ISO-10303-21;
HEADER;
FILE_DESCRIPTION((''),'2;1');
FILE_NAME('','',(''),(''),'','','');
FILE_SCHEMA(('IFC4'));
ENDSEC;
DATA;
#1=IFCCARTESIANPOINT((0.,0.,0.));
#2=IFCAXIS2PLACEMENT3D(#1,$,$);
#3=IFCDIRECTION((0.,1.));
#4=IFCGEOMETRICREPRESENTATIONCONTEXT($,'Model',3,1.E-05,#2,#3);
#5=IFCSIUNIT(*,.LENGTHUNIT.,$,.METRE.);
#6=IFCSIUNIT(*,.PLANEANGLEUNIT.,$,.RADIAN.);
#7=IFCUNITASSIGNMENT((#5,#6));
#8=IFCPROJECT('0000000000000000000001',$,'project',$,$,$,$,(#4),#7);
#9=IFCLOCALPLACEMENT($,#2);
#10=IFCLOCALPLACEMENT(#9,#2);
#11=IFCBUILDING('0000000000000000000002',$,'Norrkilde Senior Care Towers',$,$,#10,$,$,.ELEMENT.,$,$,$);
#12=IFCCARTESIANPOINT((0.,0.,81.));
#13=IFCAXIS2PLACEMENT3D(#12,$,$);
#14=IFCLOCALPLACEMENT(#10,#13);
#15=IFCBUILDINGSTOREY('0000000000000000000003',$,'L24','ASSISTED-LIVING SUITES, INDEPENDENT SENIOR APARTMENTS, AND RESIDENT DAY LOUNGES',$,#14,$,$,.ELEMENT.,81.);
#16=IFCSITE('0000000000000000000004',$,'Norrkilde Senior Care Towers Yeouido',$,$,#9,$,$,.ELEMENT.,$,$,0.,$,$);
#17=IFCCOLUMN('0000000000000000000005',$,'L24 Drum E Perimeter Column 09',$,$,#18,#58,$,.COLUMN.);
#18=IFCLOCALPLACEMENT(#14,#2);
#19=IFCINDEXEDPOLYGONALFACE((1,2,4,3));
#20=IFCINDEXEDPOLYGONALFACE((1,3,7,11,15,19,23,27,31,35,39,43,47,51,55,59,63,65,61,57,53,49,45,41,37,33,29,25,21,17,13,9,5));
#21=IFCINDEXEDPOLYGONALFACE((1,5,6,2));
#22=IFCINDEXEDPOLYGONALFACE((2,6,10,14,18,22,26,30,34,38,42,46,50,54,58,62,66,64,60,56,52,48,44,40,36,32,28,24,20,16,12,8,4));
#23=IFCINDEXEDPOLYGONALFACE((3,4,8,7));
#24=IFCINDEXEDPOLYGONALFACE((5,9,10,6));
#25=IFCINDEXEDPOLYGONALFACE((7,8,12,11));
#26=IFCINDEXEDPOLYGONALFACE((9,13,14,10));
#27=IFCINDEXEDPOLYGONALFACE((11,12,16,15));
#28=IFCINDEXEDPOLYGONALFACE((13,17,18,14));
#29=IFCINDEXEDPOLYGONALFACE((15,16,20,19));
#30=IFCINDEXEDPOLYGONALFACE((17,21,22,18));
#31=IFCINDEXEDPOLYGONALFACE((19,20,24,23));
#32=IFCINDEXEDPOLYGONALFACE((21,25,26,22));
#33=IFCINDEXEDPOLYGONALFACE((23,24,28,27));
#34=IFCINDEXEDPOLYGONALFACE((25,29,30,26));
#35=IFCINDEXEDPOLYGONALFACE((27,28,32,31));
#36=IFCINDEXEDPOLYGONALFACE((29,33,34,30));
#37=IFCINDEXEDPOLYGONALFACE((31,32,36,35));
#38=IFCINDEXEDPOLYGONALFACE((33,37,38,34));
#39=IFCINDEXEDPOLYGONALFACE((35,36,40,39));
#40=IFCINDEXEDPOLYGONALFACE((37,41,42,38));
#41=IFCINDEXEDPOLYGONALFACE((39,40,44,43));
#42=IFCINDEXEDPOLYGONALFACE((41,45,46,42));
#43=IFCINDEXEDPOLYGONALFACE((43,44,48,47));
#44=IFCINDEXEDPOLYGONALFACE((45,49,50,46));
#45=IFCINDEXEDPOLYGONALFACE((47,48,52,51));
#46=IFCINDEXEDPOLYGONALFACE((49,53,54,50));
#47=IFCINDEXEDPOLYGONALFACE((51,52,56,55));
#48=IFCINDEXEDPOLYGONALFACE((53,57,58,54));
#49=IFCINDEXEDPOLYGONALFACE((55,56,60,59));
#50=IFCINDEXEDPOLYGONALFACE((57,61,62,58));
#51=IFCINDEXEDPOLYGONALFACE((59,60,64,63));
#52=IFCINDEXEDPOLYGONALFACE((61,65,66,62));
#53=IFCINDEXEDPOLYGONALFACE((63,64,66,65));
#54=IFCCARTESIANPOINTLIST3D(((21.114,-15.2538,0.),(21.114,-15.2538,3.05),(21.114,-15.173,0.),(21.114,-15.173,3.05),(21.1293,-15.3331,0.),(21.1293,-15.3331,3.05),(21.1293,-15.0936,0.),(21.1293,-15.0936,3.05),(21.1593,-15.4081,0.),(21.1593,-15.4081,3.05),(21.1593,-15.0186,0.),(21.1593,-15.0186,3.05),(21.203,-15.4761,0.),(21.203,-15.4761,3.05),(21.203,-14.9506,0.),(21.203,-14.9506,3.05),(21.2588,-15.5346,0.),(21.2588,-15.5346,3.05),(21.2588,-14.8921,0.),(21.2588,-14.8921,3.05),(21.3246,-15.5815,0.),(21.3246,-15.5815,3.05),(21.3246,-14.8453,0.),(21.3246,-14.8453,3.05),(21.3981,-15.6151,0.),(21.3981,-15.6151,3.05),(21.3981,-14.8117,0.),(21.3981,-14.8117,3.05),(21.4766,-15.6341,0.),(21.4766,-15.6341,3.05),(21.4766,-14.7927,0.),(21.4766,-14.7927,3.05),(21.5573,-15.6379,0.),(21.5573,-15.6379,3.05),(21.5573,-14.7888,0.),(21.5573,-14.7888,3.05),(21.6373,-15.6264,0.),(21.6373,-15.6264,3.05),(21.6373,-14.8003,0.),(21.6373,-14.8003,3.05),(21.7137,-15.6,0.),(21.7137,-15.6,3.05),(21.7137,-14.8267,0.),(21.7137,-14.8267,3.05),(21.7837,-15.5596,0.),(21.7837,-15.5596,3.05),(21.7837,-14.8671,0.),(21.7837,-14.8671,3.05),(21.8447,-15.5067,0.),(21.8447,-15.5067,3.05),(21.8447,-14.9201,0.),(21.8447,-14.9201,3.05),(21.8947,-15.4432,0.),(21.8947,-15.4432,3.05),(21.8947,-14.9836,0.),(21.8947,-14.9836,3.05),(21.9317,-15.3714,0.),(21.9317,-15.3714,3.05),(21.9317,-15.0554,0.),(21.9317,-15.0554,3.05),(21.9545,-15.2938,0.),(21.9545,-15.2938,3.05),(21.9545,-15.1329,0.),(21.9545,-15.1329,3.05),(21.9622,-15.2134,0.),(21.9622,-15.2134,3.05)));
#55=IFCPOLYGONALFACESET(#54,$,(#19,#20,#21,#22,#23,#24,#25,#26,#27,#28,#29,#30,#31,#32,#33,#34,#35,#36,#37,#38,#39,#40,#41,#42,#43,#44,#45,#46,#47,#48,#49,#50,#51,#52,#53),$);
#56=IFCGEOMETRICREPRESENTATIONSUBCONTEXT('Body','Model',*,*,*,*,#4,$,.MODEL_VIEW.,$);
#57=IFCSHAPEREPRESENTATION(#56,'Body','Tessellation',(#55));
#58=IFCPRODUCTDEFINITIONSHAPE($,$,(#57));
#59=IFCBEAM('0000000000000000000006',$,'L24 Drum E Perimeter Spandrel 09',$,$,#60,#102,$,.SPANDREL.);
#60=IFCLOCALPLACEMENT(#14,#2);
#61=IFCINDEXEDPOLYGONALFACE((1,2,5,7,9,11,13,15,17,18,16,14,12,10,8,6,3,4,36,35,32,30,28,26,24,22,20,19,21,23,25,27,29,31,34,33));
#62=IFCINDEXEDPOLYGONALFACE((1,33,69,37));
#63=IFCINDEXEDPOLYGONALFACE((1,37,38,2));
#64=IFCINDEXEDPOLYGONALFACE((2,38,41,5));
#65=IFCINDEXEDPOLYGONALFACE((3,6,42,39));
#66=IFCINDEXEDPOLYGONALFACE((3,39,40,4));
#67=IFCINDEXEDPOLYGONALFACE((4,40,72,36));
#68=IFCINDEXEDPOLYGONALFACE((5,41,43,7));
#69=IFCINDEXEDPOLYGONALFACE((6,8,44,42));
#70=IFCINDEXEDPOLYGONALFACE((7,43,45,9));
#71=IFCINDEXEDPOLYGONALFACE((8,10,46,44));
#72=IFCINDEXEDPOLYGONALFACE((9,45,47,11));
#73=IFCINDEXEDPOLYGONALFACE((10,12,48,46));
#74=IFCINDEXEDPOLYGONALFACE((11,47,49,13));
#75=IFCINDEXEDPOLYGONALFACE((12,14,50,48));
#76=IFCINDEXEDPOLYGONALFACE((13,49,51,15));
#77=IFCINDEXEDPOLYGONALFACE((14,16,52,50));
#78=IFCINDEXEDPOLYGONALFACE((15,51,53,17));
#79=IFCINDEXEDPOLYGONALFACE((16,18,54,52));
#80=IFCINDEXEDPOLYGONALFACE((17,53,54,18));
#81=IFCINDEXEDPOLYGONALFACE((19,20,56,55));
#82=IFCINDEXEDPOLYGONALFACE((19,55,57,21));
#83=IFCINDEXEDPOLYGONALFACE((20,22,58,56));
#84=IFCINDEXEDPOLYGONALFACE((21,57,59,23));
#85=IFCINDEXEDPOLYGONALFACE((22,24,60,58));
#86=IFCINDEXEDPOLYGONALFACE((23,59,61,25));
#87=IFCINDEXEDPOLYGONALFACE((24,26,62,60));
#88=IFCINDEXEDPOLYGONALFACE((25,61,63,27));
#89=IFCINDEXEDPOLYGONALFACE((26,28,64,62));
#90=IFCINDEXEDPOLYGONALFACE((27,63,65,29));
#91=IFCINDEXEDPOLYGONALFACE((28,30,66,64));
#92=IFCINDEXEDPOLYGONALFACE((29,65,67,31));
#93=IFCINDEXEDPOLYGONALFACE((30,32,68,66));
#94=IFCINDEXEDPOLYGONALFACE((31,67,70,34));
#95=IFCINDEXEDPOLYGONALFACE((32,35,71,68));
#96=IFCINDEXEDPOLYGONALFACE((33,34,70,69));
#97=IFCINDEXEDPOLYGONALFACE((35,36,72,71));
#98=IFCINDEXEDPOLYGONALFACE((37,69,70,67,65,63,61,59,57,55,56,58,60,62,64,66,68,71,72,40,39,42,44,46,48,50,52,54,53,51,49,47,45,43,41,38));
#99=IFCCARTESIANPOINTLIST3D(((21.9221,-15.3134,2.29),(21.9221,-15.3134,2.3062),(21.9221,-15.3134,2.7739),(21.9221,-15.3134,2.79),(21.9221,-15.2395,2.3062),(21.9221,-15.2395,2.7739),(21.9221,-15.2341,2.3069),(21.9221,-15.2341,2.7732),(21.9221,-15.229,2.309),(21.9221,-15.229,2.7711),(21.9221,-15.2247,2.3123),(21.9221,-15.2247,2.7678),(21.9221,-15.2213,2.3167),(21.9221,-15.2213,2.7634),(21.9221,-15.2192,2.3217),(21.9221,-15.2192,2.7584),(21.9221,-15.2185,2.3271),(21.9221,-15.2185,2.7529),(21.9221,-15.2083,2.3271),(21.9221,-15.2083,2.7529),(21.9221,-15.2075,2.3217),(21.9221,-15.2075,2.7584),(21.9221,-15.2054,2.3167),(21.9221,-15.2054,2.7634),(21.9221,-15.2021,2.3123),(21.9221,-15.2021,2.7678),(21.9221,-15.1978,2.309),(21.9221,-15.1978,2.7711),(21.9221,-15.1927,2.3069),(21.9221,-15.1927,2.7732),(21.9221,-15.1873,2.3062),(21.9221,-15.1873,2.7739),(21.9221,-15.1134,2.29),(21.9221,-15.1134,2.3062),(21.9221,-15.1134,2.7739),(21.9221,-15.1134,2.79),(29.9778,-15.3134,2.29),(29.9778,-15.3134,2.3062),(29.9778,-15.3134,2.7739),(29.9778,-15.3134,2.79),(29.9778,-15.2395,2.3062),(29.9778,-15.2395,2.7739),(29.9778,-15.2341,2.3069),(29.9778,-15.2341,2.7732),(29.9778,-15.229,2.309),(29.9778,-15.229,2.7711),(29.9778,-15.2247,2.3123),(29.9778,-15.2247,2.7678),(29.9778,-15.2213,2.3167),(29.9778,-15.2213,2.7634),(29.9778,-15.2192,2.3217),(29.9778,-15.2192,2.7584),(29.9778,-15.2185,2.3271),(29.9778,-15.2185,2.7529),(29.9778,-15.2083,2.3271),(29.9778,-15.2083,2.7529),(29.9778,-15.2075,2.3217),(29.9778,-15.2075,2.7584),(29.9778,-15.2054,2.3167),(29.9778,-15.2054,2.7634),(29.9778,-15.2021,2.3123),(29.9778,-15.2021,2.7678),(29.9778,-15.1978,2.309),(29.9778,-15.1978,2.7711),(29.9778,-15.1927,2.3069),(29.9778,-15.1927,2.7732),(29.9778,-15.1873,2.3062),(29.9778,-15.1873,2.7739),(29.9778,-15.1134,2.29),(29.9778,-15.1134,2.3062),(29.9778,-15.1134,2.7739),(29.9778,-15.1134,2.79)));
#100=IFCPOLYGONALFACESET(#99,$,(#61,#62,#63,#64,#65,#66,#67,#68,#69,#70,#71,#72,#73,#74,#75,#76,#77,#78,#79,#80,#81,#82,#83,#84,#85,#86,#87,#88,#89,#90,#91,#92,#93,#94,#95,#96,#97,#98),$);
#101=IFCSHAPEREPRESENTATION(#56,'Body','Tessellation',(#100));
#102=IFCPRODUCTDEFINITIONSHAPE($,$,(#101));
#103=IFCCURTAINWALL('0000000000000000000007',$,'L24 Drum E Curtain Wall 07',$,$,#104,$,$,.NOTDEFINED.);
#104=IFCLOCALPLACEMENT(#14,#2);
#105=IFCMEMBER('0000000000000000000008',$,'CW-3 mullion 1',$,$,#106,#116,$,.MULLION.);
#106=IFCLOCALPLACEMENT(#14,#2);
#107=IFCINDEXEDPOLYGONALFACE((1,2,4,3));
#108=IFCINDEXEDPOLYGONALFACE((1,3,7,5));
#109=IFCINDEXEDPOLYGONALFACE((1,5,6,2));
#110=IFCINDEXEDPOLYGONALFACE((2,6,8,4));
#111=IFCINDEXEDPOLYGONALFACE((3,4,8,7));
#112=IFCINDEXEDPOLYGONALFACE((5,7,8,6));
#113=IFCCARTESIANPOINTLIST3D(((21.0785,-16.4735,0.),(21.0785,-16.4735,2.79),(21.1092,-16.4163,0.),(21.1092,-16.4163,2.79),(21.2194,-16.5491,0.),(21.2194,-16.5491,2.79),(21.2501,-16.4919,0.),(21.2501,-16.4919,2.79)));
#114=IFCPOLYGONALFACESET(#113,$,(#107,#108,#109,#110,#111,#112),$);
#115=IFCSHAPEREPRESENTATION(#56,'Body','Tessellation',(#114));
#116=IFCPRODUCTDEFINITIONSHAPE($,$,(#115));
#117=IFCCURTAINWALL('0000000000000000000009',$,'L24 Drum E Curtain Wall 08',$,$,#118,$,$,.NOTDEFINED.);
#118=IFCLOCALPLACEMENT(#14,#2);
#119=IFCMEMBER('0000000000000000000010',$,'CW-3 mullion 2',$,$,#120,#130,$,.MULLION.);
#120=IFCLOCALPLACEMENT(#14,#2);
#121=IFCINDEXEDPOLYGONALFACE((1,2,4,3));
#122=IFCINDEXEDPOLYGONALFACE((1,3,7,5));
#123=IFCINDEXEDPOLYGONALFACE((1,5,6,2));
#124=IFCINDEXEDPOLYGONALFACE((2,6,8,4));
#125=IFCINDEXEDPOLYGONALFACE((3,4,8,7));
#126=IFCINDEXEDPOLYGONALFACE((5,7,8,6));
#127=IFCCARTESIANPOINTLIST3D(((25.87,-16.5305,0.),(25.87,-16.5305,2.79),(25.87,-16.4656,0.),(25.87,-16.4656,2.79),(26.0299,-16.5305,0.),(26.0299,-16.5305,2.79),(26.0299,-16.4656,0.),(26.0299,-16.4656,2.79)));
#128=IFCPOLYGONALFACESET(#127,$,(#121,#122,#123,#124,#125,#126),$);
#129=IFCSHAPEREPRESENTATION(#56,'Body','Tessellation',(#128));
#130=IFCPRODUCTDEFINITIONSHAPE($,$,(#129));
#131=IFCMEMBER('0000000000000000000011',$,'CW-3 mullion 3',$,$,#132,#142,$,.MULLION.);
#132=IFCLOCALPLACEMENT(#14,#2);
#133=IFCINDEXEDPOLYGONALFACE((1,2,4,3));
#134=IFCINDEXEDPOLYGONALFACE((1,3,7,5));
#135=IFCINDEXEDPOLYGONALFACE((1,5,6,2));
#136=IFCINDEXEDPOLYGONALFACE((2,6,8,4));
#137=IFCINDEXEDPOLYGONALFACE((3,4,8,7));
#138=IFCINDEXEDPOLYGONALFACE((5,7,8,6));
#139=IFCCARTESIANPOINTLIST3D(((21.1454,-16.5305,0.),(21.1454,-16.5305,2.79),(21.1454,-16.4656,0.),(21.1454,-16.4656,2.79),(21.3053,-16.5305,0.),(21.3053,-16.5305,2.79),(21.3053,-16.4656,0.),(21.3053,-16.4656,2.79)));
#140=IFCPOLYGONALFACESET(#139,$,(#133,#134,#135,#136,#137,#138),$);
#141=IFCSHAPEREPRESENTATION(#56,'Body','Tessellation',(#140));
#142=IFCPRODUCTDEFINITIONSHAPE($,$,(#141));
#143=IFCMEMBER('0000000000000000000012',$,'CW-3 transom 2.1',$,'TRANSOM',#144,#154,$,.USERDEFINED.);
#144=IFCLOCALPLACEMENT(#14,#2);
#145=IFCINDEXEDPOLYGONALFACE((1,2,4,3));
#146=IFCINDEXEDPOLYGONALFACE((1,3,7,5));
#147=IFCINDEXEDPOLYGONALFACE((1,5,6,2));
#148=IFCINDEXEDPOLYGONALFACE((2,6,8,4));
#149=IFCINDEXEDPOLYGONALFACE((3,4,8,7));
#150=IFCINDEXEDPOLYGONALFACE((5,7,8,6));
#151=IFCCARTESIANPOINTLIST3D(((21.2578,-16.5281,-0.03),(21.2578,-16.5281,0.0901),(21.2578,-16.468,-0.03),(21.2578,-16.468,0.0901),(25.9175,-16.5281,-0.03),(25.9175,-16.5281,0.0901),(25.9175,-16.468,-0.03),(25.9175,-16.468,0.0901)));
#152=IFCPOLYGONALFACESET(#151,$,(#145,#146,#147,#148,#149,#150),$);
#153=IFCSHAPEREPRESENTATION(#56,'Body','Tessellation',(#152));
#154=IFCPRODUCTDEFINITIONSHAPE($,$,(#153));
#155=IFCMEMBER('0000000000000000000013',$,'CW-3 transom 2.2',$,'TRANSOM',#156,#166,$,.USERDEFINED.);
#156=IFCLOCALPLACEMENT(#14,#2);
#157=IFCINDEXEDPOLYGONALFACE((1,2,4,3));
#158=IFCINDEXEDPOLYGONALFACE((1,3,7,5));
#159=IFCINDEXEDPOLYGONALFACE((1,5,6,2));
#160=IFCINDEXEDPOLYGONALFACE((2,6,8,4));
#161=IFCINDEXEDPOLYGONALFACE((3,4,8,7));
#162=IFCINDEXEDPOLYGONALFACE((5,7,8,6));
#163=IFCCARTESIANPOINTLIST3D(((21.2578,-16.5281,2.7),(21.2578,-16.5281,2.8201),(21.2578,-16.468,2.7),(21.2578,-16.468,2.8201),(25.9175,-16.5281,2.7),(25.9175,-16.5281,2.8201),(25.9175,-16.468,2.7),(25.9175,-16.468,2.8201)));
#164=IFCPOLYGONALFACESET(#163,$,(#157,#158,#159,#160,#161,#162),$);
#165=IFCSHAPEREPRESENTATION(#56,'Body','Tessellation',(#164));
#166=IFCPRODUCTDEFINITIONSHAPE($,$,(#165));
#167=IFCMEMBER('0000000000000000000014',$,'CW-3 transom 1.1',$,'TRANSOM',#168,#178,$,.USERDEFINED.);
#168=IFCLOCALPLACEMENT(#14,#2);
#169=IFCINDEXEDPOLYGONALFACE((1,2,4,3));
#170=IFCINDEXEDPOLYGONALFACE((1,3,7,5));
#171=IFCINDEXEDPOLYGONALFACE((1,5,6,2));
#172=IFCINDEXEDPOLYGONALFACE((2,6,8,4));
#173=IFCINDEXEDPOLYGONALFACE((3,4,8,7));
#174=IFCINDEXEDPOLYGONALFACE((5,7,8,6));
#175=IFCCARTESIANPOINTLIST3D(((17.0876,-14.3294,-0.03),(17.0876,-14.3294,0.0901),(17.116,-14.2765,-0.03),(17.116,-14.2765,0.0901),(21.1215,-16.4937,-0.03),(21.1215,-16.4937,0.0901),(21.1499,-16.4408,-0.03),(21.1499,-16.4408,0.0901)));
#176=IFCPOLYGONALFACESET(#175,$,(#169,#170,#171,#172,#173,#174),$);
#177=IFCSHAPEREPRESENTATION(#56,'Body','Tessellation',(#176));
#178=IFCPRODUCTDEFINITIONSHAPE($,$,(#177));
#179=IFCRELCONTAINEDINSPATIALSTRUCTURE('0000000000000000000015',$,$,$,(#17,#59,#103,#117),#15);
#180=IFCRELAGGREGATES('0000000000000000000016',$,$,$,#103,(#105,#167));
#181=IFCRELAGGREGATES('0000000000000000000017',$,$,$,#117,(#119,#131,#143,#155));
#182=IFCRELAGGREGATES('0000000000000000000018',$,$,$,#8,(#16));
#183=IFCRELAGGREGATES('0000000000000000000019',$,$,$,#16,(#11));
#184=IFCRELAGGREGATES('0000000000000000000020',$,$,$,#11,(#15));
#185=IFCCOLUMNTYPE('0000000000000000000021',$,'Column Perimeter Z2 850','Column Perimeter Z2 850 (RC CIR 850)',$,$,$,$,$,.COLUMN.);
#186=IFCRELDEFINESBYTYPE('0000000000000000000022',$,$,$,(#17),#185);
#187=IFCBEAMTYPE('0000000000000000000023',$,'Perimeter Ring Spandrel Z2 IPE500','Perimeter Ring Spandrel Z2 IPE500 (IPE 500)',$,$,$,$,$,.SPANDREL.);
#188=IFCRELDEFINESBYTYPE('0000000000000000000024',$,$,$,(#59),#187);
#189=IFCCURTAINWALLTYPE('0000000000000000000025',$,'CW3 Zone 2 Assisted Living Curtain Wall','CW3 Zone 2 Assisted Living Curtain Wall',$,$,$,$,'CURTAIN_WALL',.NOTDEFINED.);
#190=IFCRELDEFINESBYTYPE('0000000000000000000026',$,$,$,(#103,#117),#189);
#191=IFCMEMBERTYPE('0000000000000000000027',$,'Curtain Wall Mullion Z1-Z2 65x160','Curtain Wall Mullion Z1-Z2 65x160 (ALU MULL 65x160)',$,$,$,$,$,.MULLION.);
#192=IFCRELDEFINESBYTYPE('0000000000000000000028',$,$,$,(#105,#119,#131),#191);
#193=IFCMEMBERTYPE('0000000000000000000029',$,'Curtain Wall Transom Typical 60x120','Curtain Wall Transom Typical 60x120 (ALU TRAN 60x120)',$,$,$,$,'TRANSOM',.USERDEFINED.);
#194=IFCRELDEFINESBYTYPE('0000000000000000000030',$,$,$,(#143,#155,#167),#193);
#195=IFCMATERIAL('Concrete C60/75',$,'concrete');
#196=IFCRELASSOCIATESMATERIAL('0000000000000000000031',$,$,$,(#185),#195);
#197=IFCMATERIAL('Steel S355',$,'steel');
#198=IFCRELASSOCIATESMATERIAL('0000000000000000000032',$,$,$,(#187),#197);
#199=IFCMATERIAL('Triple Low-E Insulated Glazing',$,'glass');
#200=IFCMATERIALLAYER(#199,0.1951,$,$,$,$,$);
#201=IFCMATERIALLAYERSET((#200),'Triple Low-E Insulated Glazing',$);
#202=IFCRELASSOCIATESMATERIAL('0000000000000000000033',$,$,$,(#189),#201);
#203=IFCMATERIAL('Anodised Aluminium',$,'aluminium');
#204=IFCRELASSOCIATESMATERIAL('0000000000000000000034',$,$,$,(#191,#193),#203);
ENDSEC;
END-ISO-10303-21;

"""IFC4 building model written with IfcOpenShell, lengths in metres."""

from ifc_helpers import new_model, si_unit, direction, frame, origin, origin_2d, place, context, subcontext, project, spatial, rectangle, circle, i_section, extrude, source, transform, mapped, material, layer, layer_set, material_profile, profile_set, type_object, type_shapes, element, aggregate, save


model = new_model("IFC4")

# Units and contexts
model_context = context("Model", 3, precision=1e-05, world=origin(), true_north=direction((0.0, 1.0)))
body_context = subcontext(model_context, "Body", "Model", "MODEL_VIEW")
ifc_project = project(units=[si_unit("LENGTHUNIT", "METRE"), si_unit("PLANEANGLEUNIT", "RADIAN")], contexts=[model_context])

# Site, building, storey
site_placement = place(None, origin())
site = spatial("IfcSite", under=ifc_project, at=site_placement, Name="Norrkilde Senior Care Towers Yeouido", CompositionType="ELEMENT", RefElevation=0.0)
building_placement = place(site_placement, origin())
building = spatial("IfcBuilding", under=site, at=building_placement, Name="Norrkilde Senior Care Towers", CompositionType="ELEMENT")
storey_placement = place(building_placement, frame((0.0, 0.0, 81.0)))
storey = spatial("IfcBuildingStorey", under=building, at=storey_placement, Name="L24", Description="ASSISTED-LIVING SUITES, INDEPENDENT SENIOR APARTMENTS, AND RESIDENT DAY LOUNGES", CompositionType="ELEMENT", Elevation=81.0)

# Column
ifc_material_1 = material(Name="Concrete C60/75", Category="concrete")
ifc_material_profile_1 = material_profile(ifc_material_1, circle(Radius=0.425, at=origin_2d()), Name="RC CIR 850")
ifc_profile_set_1 = profile_set([ifc_material_profile_1], Name="Concrete C60/75")
column_type = type_object("IfcColumnType", Name="Column Perimeter Z2 850", Description="Column Perimeter Z2 850 (RC CIR 850)", PredefinedType="COLUMN", material=ifc_profile_set_1)
shared_shape_1 = source(origin(), body_context, "Body", "SweptSolid", [
    extrude(circle(Radius=0.425, at=origin_2d()), origin(), (0.0, 0.0, 1.0), 3.05),
])
type_shapes(column_type, [shared_shape_1])
column_placement = place(storey_placement, frame((21.5371, -15.2134, 0.0), z_axis=(0.0, 0.0, 1.0), x_axis=(1.0, 0.0, 0.0)))
element("IfcColumn", 1, at=column_placement, inside=storey, type_object=column_type, Name="L24 Drum E Perimeter Column 09", PredefinedType="COLUMN", context=body_context, shape_type="MappedRepresentation", body=[
    mapped(shared_shape_1, transform((0.0, 0.0, 0.0), x_axis=(1.0, 0.0, 0.0), y_axis=(0.0, 1.0, 0.0), z_axis=(0.0, 0.0, 1.0), scale=1.0)),
])

# Beam
ifc_material_2 = material(Name="Steel S355", Category="steel")
ifc_material_profile_2 = material_profile(ifc_material_2, i_section(OverallWidth=0.2, OverallDepth=0.5, WebThickness=0.0103, FlangeThickness=0.0161, FilletRadius=0.021, at=origin_2d()), Name="IPE 500")
ifc_profile_set_2 = profile_set([ifc_material_profile_2], Name="Steel S355")
beam_type = type_object("IfcBeamType", Name="Perimeter Ring Spandrel Z2 IPE500", Description="Perimeter Ring Spandrel Z2 IPE500 (IPE 500)", PredefinedType="SPANDREL", material=ifc_profile_set_2)
shared_shape_2 = source(origin(), body_context, "Body", "SweptSolid", [
    extrude(i_section(OverallWidth=0.2, OverallDepth=0.5, WebThickness=0.0103, FlangeThickness=0.0161, FilletRadius=0.021, at=origin_2d()), origin(), (0.0, 0.0, 1.0), 8.0557),
])
type_shapes(beam_type, [shared_shape_2])
beam_placement = place(storey_placement, frame((21.9221, -15.2134, 2.54), z_axis=(1.0, 0.0, 0.0), x_axis=(0.0, 1.0, 0.0)))
element("IfcBeam", 2, at=beam_placement, inside=storey, type_object=beam_type, Name="L24 Drum E Perimeter Spandrel 09", PredefinedType="SPANDREL", context=body_context, shape_type="MappedRepresentation", body=[
    mapped(shared_shape_2, transform((0.0, 0.0, 0.0), x_axis=(1.0, 0.0, 0.0), y_axis=(0.0, 1.0, 0.0), z_axis=(0.0, 0.0, 1.0), scale=1.0)),
])

# Curtain wall, member
ifc_material_3 = material(Name="Triple Low-E Insulated Glazing", Category="glass")
ifc_layer_1 = layer(ifc_material_3, 0.1951)
ifc_layer_set_1 = layer_set([ifc_layer_1], Name="Triple Low-E Insulated Glazing")
curtain_wall_type = type_object("IfcCurtainWallType", Name="CW3 Zone 2 Assisted Living Curtain Wall", Description="CW3 Zone 2 Assisted Living Curtain Wall", ElementType="CURTAIN_WALL", PredefinedType="NOTDEFINED", material=ifc_layer_set_1)
curtain_wall_1_placement = place(storey_placement, origin())
curtain_wall_1 = element("IfcCurtainWall", 3, at=curtain_wall_1_placement, inside=storey, type_object=curtain_wall_type, Name="L24 Drum E Curtain Wall 07", PredefinedType="NOTDEFINED")
ifc_material_4 = material(Name="Anodised Aluminium", Category="aluminium")
ifc_material_profile_3 = material_profile(ifc_material_4, rectangle(XDim=0.0649, YDim=0.1599, at=origin_2d()), Name="ALU MULL 65x160")
ifc_profile_set_3 = profile_set([ifc_material_profile_3], Name="Anodised Aluminium")
member_type_1 = type_object("IfcMemberType", Name="Curtain Wall Mullion Z1-Z2 65x160", Description="Curtain Wall Mullion Z1-Z2 65x160 (ALU MULL 65x160)", PredefinedType="MULLION", material=ifc_profile_set_3)
shared_shape_3 = source(origin(), body_context, "Body", "SweptSolid", [
    extrude(rectangle(XDim=0.0649, YDim=0.1599, at=origin_2d()), origin(), (0.0, 0.0, 1.0), 2.79),
])
type_shapes(member_type_1, [shared_shape_3])
member_1_placement = place(storey_placement, frame((21.1643, -16.4827, 0.0), z_axis=(0.0, 0.0, 1.0), x_axis=(-0.472769, -0.881186, 0.0)))
member_1 = element("IfcMember", 4, at=member_1_placement, type_object=member_type_1, Name="CW-3 mullion 1", PredefinedType="MULLION", context=body_context, shape_type="MappedRepresentation", body=[
    mapped(shared_shape_3, transform((0.0, 0.0, 0.0), x_axis=(1.0, 0.0, 0.0), y_axis=(0.0, 1.0, 0.0), z_axis=(0.0, 0.0, 1.0), scale=1.0)),
])

# Curtain wall, members
curtain_wall_2_placement = place(storey_placement, origin())
curtain_wall_2 = element("IfcCurtainWall", 5, at=curtain_wall_2_placement, inside=storey, type_object=curtain_wall_type, Name="L24 Drum E Curtain Wall 08", PredefinedType="NOTDEFINED")
member_2_placement = place(storey_placement, frame((25.95, -16.498, 0.0), z_axis=(0.0, 0.0, 1.0), x_axis=(0.0, -1.0, 0.0)))
member_2 = element("IfcMember", 6, at=member_2_placement, type_object=member_type_1, Name="CW-3 mullion 2", PredefinedType="MULLION", context=body_context, shape_type="MappedRepresentation", body=[
    mapped(shared_shape_3, transform((0.0, 0.0, 0.0), x_axis=(1.0, 0.0, 0.0), y_axis=(0.0, 1.0, 0.0), z_axis=(0.0, 0.0, 1.0), scale=1.0)),
])
member_3_placement = place(storey_placement, frame((21.2253, -16.498, 0.0), z_axis=(0.0, 0.0, 1.0), x_axis=(0.0, -1.0, 0.0)))
member_3 = element("IfcMember", 7, at=member_3_placement, type_object=member_type_1, Name="CW-3 mullion 3", PredefinedType="MULLION", context=body_context, shape_type="MappedRepresentation", body=[
    mapped(shared_shape_3, transform((0.0, 0.0, 0.0), x_axis=(1.0, 0.0, 0.0), y_axis=(0.0, 1.0, 0.0), z_axis=(0.0, 0.0, 1.0), scale=1.0)),
])
ifc_material_profile_4 = material_profile(ifc_material_4, rectangle(XDim=0.0601, YDim=0.1201, at=origin_2d()), Name="ALU TRAN 60x120")
ifc_profile_set_4 = profile_set([ifc_material_profile_4], Name="Anodised Aluminium")
member_type_2 = type_object("IfcMemberType", Name="Curtain Wall Transom Typical 60x120", Description="Curtain Wall Transom Typical 60x120 (ALU TRAN 60x120)", ElementType="TRANSOM", PredefinedType="USERDEFINED", material=ifc_profile_set_4)
shared_shape_4 = source(origin(), body_context, "Body", "SweptSolid", [
    extrude(rectangle(XDim=0.0601, YDim=0.1201, at=origin_2d()), origin(), (0.0, 0.0, 1.0), 4.6597),
])
member_4_placement = place(storey_placement, frame((25.9175, -16.498, 0.03), z_axis=(-1.0, 0.0, 0.0), x_axis=(0.0, -1.0, 0.0)))
member_4 = element("IfcMember", 8, at=member_4_placement, type_object=member_type_2, Name="CW-3 transom 2.1", ObjectType="TRANSOM", PredefinedType="USERDEFINED", context=body_context, shape_type="MappedRepresentation", body=[
    mapped(shared_shape_4, transform((0.0, 0.0, 0.0), x_axis=(1.0, 0.0, 0.0), y_axis=(0.0, 1.0, 0.0), z_axis=(0.0, 0.0, 1.0), scale=1.0)),
])
member_5_placement = place(storey_placement, frame((25.9175, -16.498, 2.76), z_axis=(-1.0, 0.0, 0.0), x_axis=(0.0, -1.0, 0.0)))
member_5 = element("IfcMember", 9, at=member_5_placement, type_object=member_type_2, Name="CW-3 transom 2.2", ObjectType="TRANSOM", PredefinedType="USERDEFINED", context=body_context, shape_type="MappedRepresentation", body=[
    mapped(shared_shape_4, transform((0.0, 0.0, 0.0), x_axis=(1.0, 0.0, 0.0), y_axis=(0.0, 1.0, 0.0), z_axis=(0.0, 0.0, 1.0), scale=1.0)),
])

# Member
shared_shape_5 = source(origin(), body_context, "Body", "SweptSolid", [
    extrude(rectangle(XDim=0.0601, YDim=0.1201, at=origin_2d()), origin(), (0.0, 0.0, 1.0), 4.5779),
])
type_shapes(member_type_2, [shared_shape_4, shared_shape_5])
member_6_placement = place(storey_placement, frame((21.1357, -16.4673, 0.03), z_axis=(-0.881182, 0.472776, 0.0), x_axis=(-0.472776, -0.881182, 0.0)))
member_6 = element("IfcMember", 10, at=member_6_placement, type_object=member_type_2, Name="CW-3 transom 1.1", ObjectType="TRANSOM", PredefinedType="USERDEFINED", context=body_context, shape_type="MappedRepresentation", body=[
    mapped(shared_shape_5, transform((0.0, 0.0, 0.0), x_axis=(1.0, 0.0, 0.0), y_axis=(0.0, 1.0, 0.0), z_axis=(0.0, 0.0, 1.0), scale=1.0)),
])
aggregate(curtain_wall_1, [member_1, member_6])

aggregate(curtain_wall_2, [member_2, member_3, member_4, member_5])

save(model, "model.ifc")
